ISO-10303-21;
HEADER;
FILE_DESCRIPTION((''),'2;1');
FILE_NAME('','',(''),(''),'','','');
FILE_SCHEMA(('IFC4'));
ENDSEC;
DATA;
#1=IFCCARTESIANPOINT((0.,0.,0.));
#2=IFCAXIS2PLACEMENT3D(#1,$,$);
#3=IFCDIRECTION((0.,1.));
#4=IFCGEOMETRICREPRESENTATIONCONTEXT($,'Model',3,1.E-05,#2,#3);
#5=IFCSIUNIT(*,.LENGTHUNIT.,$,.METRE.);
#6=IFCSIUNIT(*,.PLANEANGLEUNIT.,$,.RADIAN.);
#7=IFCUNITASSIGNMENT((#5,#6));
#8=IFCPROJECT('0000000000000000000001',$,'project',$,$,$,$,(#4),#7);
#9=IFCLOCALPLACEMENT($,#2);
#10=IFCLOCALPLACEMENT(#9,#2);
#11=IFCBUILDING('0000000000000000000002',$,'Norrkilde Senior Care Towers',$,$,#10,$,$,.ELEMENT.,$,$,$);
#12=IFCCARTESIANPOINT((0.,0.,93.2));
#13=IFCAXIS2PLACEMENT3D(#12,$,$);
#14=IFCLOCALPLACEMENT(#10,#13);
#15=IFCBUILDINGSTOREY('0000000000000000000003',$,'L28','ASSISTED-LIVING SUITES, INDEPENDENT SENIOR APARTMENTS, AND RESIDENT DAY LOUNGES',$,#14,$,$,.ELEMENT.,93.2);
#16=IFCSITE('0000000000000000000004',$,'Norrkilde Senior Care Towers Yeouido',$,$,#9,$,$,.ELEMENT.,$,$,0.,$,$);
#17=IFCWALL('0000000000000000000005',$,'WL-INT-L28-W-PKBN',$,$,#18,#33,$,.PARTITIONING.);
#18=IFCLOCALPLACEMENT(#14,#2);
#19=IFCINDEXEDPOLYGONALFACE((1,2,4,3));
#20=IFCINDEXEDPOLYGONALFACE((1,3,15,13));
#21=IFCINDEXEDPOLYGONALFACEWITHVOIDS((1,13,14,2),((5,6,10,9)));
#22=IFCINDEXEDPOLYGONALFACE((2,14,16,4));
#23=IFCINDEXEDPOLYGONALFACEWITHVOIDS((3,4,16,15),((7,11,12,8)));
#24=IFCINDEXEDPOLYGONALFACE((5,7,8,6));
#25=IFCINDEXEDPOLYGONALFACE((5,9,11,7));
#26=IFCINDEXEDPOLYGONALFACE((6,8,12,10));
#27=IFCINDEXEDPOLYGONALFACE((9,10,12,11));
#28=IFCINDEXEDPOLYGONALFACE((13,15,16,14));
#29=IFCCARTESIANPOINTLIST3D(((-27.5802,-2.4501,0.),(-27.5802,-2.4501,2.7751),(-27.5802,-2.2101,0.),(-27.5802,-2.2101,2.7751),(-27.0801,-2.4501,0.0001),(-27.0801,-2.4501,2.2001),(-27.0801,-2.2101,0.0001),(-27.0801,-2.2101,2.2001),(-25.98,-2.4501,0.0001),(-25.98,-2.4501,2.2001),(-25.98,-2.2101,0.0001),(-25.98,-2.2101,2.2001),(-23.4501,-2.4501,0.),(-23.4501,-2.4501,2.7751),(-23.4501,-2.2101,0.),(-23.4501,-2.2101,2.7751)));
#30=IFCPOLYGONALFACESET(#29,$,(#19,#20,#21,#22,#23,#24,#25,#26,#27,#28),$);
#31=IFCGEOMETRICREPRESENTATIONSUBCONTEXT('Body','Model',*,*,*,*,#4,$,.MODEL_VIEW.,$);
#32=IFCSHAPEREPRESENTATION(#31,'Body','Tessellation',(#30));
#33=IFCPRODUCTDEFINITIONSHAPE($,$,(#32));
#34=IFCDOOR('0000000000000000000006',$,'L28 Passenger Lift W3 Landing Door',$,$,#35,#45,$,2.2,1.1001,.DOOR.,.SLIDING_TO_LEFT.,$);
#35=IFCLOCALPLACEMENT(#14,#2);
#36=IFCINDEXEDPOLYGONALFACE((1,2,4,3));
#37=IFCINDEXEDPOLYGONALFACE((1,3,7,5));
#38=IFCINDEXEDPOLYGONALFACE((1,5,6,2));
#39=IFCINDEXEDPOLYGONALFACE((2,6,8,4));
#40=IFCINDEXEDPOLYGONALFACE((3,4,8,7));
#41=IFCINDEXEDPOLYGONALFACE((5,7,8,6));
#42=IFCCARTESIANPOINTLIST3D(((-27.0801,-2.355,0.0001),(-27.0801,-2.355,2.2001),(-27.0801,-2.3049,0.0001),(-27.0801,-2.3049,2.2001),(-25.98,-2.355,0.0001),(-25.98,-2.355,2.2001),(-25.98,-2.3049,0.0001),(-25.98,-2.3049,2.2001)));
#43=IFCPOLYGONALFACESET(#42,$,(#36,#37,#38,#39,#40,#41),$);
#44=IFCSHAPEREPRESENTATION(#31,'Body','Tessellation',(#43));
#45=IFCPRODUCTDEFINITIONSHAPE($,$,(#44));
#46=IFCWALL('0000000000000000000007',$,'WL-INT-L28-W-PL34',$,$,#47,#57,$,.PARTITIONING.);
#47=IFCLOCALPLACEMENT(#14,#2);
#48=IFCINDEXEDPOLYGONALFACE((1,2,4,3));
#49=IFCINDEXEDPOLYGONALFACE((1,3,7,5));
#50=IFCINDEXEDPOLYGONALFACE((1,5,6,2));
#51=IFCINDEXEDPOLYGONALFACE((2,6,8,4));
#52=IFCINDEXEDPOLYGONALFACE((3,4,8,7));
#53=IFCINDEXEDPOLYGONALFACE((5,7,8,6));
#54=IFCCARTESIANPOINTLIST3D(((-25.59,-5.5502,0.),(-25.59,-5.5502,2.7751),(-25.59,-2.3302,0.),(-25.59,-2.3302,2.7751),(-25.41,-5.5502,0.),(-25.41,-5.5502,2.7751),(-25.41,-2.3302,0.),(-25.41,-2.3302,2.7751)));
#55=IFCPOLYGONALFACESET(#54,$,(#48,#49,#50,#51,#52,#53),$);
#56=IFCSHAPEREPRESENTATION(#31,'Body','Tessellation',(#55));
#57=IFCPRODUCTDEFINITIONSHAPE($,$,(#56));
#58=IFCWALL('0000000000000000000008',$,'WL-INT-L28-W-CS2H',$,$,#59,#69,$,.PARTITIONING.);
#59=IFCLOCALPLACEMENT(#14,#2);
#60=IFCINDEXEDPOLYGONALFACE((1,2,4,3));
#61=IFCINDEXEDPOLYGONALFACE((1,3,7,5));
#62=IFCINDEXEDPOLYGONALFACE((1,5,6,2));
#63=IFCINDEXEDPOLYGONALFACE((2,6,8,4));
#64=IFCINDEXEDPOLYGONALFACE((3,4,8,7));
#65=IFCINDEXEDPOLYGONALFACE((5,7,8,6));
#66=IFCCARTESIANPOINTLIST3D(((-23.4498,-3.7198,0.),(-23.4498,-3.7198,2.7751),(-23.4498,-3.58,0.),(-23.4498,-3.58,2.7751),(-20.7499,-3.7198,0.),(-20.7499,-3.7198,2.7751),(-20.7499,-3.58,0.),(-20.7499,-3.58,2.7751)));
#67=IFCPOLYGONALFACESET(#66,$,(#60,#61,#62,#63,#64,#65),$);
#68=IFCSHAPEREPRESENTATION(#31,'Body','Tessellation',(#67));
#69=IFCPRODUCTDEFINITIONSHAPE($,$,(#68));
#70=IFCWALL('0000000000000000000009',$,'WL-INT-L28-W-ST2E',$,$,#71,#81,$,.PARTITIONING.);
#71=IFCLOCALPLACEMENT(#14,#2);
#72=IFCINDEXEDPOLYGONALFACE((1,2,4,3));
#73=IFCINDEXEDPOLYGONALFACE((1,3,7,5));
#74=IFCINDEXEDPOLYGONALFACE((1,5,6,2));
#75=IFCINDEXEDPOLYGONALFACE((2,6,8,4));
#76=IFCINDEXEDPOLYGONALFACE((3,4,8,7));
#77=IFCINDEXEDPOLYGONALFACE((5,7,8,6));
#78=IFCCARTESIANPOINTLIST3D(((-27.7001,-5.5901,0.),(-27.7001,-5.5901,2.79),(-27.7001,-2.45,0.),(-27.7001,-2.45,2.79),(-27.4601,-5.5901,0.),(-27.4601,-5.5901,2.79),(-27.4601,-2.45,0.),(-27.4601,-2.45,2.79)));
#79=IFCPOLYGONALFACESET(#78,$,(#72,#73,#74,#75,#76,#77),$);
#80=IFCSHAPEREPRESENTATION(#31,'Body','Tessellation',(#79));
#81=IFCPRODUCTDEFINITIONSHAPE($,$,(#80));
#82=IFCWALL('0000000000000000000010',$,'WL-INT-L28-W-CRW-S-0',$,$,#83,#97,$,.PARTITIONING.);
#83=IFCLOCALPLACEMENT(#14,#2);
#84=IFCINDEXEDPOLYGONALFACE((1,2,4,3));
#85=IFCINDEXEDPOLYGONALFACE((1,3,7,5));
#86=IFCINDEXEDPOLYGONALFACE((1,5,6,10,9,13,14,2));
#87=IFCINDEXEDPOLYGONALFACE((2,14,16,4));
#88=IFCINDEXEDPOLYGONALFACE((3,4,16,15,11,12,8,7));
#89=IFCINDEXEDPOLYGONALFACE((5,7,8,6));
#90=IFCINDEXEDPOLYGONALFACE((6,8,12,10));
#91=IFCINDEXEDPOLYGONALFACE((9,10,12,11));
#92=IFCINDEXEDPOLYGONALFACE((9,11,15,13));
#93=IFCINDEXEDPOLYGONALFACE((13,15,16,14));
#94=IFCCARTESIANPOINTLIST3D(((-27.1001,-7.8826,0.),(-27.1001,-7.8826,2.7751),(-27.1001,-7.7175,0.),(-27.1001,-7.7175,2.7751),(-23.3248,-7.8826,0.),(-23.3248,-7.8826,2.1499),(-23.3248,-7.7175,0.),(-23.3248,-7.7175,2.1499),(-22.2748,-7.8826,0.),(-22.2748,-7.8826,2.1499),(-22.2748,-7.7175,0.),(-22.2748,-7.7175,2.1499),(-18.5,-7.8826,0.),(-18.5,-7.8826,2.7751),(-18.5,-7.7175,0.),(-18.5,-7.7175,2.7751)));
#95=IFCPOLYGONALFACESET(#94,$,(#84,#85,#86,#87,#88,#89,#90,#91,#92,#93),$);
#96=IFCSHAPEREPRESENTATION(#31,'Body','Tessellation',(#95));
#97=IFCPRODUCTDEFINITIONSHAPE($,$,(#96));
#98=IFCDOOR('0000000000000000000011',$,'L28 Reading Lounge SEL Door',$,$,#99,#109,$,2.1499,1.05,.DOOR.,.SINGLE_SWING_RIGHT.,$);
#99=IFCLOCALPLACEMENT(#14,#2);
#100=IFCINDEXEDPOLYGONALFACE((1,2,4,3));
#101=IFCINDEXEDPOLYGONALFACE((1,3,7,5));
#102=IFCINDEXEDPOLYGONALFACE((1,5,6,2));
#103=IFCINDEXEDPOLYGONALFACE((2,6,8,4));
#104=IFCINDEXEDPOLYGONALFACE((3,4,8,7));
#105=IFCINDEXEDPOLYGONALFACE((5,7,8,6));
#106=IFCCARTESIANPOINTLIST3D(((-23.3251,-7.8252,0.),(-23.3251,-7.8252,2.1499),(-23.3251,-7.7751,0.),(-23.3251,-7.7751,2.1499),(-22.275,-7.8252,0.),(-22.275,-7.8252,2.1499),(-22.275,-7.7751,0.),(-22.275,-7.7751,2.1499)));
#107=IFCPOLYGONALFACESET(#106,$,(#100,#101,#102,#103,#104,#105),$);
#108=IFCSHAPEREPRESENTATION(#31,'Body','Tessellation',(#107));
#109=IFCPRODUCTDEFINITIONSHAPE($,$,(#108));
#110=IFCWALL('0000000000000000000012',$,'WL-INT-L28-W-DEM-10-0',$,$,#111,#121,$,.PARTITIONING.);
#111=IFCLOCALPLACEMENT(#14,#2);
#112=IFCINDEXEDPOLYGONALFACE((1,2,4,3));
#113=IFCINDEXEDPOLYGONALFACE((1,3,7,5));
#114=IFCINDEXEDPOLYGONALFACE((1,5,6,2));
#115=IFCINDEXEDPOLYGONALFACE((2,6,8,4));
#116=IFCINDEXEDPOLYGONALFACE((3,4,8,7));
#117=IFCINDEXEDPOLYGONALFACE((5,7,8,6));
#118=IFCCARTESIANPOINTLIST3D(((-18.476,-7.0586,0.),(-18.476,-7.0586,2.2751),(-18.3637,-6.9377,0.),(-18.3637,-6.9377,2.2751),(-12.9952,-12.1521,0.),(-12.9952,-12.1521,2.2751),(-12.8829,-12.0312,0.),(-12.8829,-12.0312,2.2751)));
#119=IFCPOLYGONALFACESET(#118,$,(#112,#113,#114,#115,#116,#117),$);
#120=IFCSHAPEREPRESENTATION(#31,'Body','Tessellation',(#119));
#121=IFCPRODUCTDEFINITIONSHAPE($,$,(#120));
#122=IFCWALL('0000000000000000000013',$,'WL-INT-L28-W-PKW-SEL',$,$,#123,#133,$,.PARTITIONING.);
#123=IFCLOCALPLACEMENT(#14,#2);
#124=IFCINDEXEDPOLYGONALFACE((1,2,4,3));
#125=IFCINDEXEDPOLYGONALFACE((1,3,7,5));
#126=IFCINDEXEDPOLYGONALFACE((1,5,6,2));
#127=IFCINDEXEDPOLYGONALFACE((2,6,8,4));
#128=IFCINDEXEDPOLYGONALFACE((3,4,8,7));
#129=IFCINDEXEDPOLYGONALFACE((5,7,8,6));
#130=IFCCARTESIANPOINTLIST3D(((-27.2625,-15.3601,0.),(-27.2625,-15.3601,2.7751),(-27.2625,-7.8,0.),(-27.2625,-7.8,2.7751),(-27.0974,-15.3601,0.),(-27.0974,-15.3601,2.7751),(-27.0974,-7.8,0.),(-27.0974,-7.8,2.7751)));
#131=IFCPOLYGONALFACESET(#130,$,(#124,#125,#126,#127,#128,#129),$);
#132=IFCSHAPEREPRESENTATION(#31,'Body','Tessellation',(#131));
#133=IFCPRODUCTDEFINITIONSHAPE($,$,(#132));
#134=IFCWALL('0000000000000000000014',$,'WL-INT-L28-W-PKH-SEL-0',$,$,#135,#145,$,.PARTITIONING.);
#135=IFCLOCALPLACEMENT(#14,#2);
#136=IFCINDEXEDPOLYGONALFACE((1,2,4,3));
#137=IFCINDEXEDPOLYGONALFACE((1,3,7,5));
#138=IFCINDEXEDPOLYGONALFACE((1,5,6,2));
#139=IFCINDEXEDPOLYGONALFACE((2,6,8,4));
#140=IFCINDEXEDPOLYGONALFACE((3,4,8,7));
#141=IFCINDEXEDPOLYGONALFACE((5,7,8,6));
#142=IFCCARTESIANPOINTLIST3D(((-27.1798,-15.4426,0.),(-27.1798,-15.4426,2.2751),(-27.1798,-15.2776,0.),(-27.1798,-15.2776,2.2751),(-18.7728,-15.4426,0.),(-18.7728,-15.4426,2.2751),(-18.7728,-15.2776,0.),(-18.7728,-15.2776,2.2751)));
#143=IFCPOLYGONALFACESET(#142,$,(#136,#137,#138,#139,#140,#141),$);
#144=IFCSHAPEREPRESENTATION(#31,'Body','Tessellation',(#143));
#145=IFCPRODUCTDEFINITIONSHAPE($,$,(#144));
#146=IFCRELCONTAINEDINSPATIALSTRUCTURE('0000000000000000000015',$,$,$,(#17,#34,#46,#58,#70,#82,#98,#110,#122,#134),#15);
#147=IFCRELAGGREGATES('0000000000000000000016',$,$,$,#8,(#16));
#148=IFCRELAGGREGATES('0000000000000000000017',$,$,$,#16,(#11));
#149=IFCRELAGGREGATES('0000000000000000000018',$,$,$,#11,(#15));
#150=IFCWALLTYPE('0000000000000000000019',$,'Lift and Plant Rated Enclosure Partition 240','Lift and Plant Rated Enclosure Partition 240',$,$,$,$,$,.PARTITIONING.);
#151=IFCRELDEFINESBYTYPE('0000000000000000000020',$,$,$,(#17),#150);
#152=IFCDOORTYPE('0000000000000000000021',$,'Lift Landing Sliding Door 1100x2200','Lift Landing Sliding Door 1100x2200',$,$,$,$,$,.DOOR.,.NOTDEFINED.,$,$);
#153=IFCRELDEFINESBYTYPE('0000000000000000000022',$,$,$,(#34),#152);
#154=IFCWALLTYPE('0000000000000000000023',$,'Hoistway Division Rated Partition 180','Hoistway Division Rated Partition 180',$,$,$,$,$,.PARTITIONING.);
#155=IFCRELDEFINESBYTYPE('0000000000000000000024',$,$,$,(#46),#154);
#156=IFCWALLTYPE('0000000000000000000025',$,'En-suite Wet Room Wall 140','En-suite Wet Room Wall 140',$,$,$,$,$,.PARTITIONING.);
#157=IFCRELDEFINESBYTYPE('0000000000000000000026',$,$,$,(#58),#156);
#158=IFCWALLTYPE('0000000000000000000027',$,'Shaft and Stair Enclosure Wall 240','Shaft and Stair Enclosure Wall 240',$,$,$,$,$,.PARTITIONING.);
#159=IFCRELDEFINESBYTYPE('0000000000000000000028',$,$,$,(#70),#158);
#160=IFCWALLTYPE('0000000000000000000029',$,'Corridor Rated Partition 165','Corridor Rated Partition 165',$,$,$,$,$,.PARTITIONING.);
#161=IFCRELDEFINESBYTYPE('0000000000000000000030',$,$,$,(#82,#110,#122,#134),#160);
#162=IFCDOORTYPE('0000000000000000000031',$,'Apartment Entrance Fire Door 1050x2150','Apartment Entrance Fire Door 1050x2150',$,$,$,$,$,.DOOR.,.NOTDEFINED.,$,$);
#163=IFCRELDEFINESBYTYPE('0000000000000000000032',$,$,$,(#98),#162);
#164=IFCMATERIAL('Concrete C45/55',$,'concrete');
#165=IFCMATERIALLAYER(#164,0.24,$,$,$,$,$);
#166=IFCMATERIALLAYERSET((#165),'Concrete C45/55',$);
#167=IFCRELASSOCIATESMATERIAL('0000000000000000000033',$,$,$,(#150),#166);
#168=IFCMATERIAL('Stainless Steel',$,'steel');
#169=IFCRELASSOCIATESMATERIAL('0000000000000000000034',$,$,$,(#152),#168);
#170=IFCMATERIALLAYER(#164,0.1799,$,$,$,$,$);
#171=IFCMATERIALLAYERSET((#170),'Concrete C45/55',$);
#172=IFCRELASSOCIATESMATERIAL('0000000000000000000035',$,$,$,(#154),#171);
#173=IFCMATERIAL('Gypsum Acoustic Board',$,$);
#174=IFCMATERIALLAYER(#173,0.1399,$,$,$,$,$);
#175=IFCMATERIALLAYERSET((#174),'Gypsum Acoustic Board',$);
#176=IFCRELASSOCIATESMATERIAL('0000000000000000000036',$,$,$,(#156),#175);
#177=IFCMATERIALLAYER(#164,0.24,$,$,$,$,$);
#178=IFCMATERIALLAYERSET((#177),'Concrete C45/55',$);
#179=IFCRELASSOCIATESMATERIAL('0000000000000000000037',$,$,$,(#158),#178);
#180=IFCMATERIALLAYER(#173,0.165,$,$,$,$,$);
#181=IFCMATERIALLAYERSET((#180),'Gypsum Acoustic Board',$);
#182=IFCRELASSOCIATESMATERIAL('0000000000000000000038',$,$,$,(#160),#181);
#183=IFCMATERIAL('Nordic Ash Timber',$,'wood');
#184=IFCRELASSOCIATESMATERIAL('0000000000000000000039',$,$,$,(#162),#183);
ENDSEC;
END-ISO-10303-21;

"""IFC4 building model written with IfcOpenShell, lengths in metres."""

from ifc_helpers import new_model, si_unit, direction, frame, frame_2d, origin, place, context, subcontext, project, spatial, rectangle, extrude, source, transform, mapped, material, layer, layer_set, type_object, type_shapes, element, fill, save


model = new_model("IFC4")

# Units and contexts
model_context = context("Model", 3, precision=1e-05, world=origin(), true_north=direction((0.0, 1.0)))
body_context = subcontext(model_context, "Body", "Model", "MODEL_VIEW")
ifc_project = project(units=[si_unit("LENGTHUNIT", "METRE"), si_unit("PLANEANGLEUNIT", "RADIAN")], contexts=[model_context])

# Site, building, storey
site_placement = place(None, origin())
site = spatial("IfcSite", under=ifc_project, at=site_placement, Name="Norrkilde Senior Care Towers Yeouido", CompositionType="ELEMENT", RefElevation=0.0)
building_placement = place(site_placement, origin())
building = spatial("IfcBuilding", under=site, at=building_placement, Name="Norrkilde Senior Care Towers", CompositionType="ELEMENT")
storey_placement = place(building_placement, frame((0.0, 0.0, 93.2)))
storey = spatial("IfcBuildingStorey", under=building, at=storey_placement, Name="L28", Description="ASSISTED-LIVING SUITES, INDEPENDENT SENIOR APARTMENTS, AND RESIDENT DAY LOUNGES", CompositionType="ELEMENT", Elevation=93.2)

# Shared definitions
ifc_material_1 = material(Name="Concrete C45/55", Category="concrete")

# Wall, opening, door
ifc_layer_1 = layer(ifc_material_1, 0.24)
ifc_layer_set_1 = layer_set([ifc_layer_1], Name="Concrete C45/55")
wall_type_1 = type_object("IfcWallType", Name="Lift and Plant Rated Enclosure Partition 240", Description="Lift and Plant Rated Enclosure Partition 240", PredefinedType="PARTITIONING", material=ifc_layer_set_1)
shared_shape_1 = source(origin(), body_context, "Body", "SweptSolid", [
    extrude(rectangle(XDim=4.1301, YDim=0.24, at=frame_2d((2.0649, 0.0))), origin(), (0.0, 0.0, 1.0), 2.7751),
])
type_shapes(wall_type_1, [shared_shape_1])
wall_1_placement = place(storey_placement, frame((-27.5801, -2.3301, 0.0), z_axis=(0.0, 0.0, 1.0), x_axis=(1.0, 0.0, 0.0)))
wall_1 = element("IfcWall", 1, at=wall_1_placement, inside=storey, type_object=wall_type_1, Name="WL-INT-L28-W-PKBN", PredefinedType="PARTITIONING", context=body_context, shape_type="MappedRepresentation", body=[
    mapped(shared_shape_1, transform((0.0, 0.0, 0.0), x_axis=(1.0, 0.0, 0.0), y_axis=(0.0, 1.0, 0.0), z_axis=(0.0, 0.0, 1.0), scale=1.0)),
])
opening_1_placement = place(wall_1_placement, frame((0.5, 0.0, 0.0)))
opening_1 = element("IfcOpeningElement", 2, at=opening_1_placement, cuts=wall_1, PredefinedType="OPENING", context=body_context, shape_type="SweptSolid", body=[
    extrude(rectangle(XDim=1.1001, YDim=2.2, at=frame_2d((0.55, 1.1001))), frame((0.0, 0.1299, 0.0), z_axis=(0.0, -1.0, 0.0), x_axis=(1.0, 0.0, 0.0)), (0.0, 0.0, 1.0), 0.26),
])
ifc_material_2 = material(Name="Stainless Steel", Category="steel")
door_type_1 = type_object("IfcDoorType", Name="Lift Landing Sliding Door 1100x2200", Description="Lift Landing Sliding Door 1100x2200", OperationType="NOTDEFINED", PredefinedType="DOOR", material=ifc_material_2)
shared_shape_2 = source(origin(), body_context, "Body", "SweptSolid", [
    extrude(rectangle(XDim=1.1001, YDim=2.2, at=frame_2d((0.55, 1.1001))), frame((0.0, 0.0249, 0.0), z_axis=(0.0, -1.0, 0.0), x_axis=(1.0, 0.0, 0.0)), (0.0, 0.0, 1.0), 0.05),
])
type_shapes(door_type_1, [shared_shape_2])
door_1_placement = place(opening_1_placement, frame((1.1001, 0.0, 0.0), z_axis=(0.0, 0.0, 1.0), x_axis=(-1.0, 0.0, 0.0)))
door_1 = element("IfcDoor", 3, at=door_1_placement, inside=storey, type_object=door_type_1, Name="L28 Passenger Lift W3 Landing Door", OperationType="SLIDING_TO_LEFT", OverallHeight=2.2, OverallWidth=1.1001, PredefinedType="DOOR", context=body_context, shape_type="MappedRepresentation", body=[
    mapped(shared_shape_2, transform((0.0, 0.0, 0.0), x_axis=(1.0, 0.0, 0.0), y_axis=(0.0, 1.0, 0.0), z_axis=(0.0, 0.0, 1.0), scale=1.0)),
])
fill(opening_1, door_1)

# Walls
ifc_layer_2 = layer(ifc_material_1, 0.1799)
ifc_layer_set_2 = layer_set([ifc_layer_2], Name="Concrete C45/55")
wall_type_2 = type_object("IfcWallType", Name="Hoistway Division Rated Partition 180", Description="Hoistway Division Rated Partition 180", PredefinedType="PARTITIONING", material=ifc_layer_set_2)
shared_shape_3 = source(origin(), body_context, "Body", "SweptSolid", [
    extrude(rectangle(XDim=3.22, YDim=0.1799, at=frame_2d((1.6099, 0.0))), origin(), (0.0, 0.0, 1.0), 2.7751),
])
type_shapes(wall_type_2, [shared_shape_3])
wall_2_placement = place(storey_placement, frame((-25.5, -5.55, 0.0), z_axis=(0.0, 0.0, 1.0), x_axis=(0.0, 1.0, 0.0)))
element("IfcWall", 4, at=wall_2_placement, inside=storey, type_object=wall_type_2, Name="WL-INT-L28-W-PL34", PredefinedType="PARTITIONING", context=body_context, shape_type="MappedRepresentation", body=[
    mapped(shared_shape_3, transform((0.0, 0.0, 0.0), x_axis=(1.0, 0.0, 0.0), y_axis=(0.0, 1.0, 0.0), z_axis=(0.0, 0.0, 1.0), scale=1.0)),
])
ifc_material_3 = material(Name="Gypsum Acoustic Board")
ifc_layer_3 = layer(ifc_material_3, 0.1399)
ifc_layer_set_3 = layer_set([ifc_layer_3], Name="Gypsum Acoustic Board")
wall_type_3 = type_object("IfcWallType", Name="En-suite Wet Room Wall 140", Description="En-suite Wet Room Wall 140", PredefinedType="PARTITIONING", material=ifc_layer_set_3)
shared_shape_4 = source(origin(), body_context, "Body", "SweptSolid", [
    extrude(rectangle(XDim=2.7, YDim=0.1399, at=frame_2d((1.3501, 0.0))), origin(), (0.0, 0.0, 1.0), 2.7751),
])
type_shapes(wall_type_3, [shared_shape_4])
wall_3_placement = place(storey_placement, frame((-23.45, -3.6499, 0.0), z_axis=(0.0, 0.0, 1.0), x_axis=(1.0, 0.0, 0.0)))
element("IfcWall", 5, at=wall_3_placement, inside=storey, type_object=wall_type_3, Name="WL-INT-L28-W-CS2H", PredefinedType="PARTITIONING", context=body_context, shape_type="MappedRepresentation", body=[
    mapped(shared_shape_4, transform((0.0, 0.0, 0.0), x_axis=(1.0, 0.0, 0.0), y_axis=(0.0, 1.0, 0.0), z_axis=(0.0, 0.0, 1.0), scale=1.0)),
])
ifc_layer_4 = layer(ifc_material_1, 0.24)
ifc_layer_set_4 = layer_set([ifc_layer_4], Name="Concrete C45/55")
wall_type_4 = type_object("IfcWallType", Name="Shaft and Stair Enclosure Wall 240", Description="Shaft and Stair Enclosure Wall 240", PredefinedType="PARTITIONING", material=ifc_layer_set_4)
shared_shape_5 = source(origin(), body_context, "Body", "SweptSolid", [
    extrude(rectangle(XDim=3.1401, YDim=0.24, at=frame_2d((1.5701, 0.0))), origin(), (0.0, 0.0, 1.0), 2.79),
])
type_shapes(wall_type_4, [shared_shape_5])
wall_4_placement = place(storey_placement, frame((-27.5801, -5.5901, 0.0), z_axis=(0.0, 0.0, 1.0), x_axis=(0.0, 1.0, 0.0)))
element("IfcWall", 6, at=wall_4_placement, inside=storey, type_object=wall_type_4, Name="WL-INT-L28-W-ST2E", PredefinedType="PARTITIONING", context=body_context, shape_type="MappedRepresentation", body=[
    mapped(shared_shape_5, transform((0.0, 0.0, 0.0), x_axis=(1.0, 0.0, 0.0), y_axis=(0.0, 1.0, 0.0), z_axis=(0.0, 0.0, 1.0), scale=1.0)),
])

# Wall, opening, door
ifc_layer_5 = layer(ifc_material_3, 0.165)
ifc_layer_set_5 = layer_set([ifc_layer_5], Name="Gypsum Acoustic Board")
wall_type_5 = type_object("IfcWallType", Name="Corridor Rated Partition 165", Description="Corridor Rated Partition 165", PredefinedType="PARTITIONING", material=ifc_layer_set_5)
shared_shape_6 = source(origin(), body_context, "Body", "SweptSolid", [
    extrude(rectangle(XDim=8.6001, YDim=0.165, at=frame_2d((4.3, 0.0))), origin(), (0.0, 0.0, 1.0), 2.7751),
])
wall_5_placement = place(storey_placement, frame((-18.5, -7.8, 0.0), z_axis=(0.0, 0.0, 1.0), x_axis=(-1.0, 0.0, 0.0)))
wall_5 = element("IfcWall", 7, at=wall_5_placement, inside=storey, type_object=wall_type_5, Name="WL-INT-L28-W-CRW-S-0", PredefinedType="PARTITIONING", context=body_context, shape_type="MappedRepresentation", body=[
    mapped(shared_shape_6, transform((0.0, 0.0, 0.0), x_axis=(1.0, 0.0, 0.0), y_axis=(0.0, 1.0, 0.0), z_axis=(0.0, 0.0, 1.0), scale=1.0)),
])
opening_2_placement = place(wall_5_placement, frame((3.7749, 0.0, 0.0)))
opening_2 = element("IfcOpeningElement", 8, at=opening_2_placement, cuts=wall_5, PredefinedType="OPENING", context=body_context, shape_type="SweptSolid", body=[
    extrude(rectangle(XDim=1.05, YDim=2.1499, at=frame_2d((0.5249, 1.075))), frame((0.0, 0.0925, 0.0), z_axis=(0.0, -1.0, 0.0), x_axis=(1.0, 0.0, 0.0)), (0.0, 0.0, 1.0), 0.1851),
])
ifc_material_4 = material(Name="Nordic Ash Timber", Category="wood")
door_type_2 = type_object("IfcDoorType", Name="Apartment Entrance Fire Door 1050x2150", Description="Apartment Entrance Fire Door 1050x2150", OperationType="NOTDEFINED", PredefinedType="DOOR", material=ifc_material_4)
shared_shape_7 = source(origin(), body_context, "Body", "SweptSolid", [
    extrude(rectangle(XDim=1.05, YDim=2.1499, at=frame_2d((0.5249, 1.075))), frame((0.0, 0.0249, 0.0), z_axis=(0.0, -1.0, 0.0), x_axis=(1.0, 0.0, 0.0)), (0.0, 0.0, 1.0), 0.05),
])
type_shapes(door_type_2, [shared_shape_7])
door_2_placement = place(opening_2_placement, frame((1.05, 0.0, 0.0), z_axis=(0.0, 0.0, 1.0), x_axis=(-1.0, 0.0, 0.0)))
door_2 = element("IfcDoor", 9, at=door_2_placement, inside=storey, type_object=door_type_2, Name="L28 Reading Lounge SEL Door", OperationType="SINGLE_SWING_RIGHT", OverallHeight=2.1499, OverallWidth=1.05, PredefinedType="DOOR", context=body_context, shape_type="MappedRepresentation", body=[
    mapped(shared_shape_7, transform((0.0, 0.0, 0.0), x_axis=(1.0, 0.0, 0.0), y_axis=(0.0, 1.0, 0.0), z_axis=(0.0, 0.0, 1.0), scale=1.0)),
])
fill(opening_2, door_2)

# Walls
shared_shape_8 = source(origin(), body_context, "Body", "SweptSolid", [
    extrude(rectangle(XDim=7.4822, YDim=0.165, at=frame_2d((3.7412, 0.0))), origin(), (0.0, 0.0, 1.0), 2.2751),
])
wall_6_placement = place(storey_placement, frame((-18.4199, -6.998, 0.0), z_axis=(0.0, 0.0, 1.0), x_axis=(0.732509, -0.680758, 0.0)))
element("IfcWall", 10, at=wall_6_placement, inside=storey, type_object=wall_type_5, Name="WL-INT-L28-W-DEM-10-0", PredefinedType="PARTITIONING", context=body_context, shape_type="MappedRepresentation", body=[
    mapped(shared_shape_8, transform((0.0, 0.0, 0.0), x_axis=(1.0, 0.0, 0.0), y_axis=(0.0, 1.0, 0.0), z_axis=(0.0, 0.0, 1.0), scale=1.0)),
])
shared_shape_9 = source(origin(), body_context, "Body", "SweptSolid", [
    extrude(rectangle(XDim=7.5601, YDim=0.165, at=frame_2d((3.78, 0.0))), origin(), (0.0, 0.0, 1.0), 2.7751),
])
wall_7_placement = place(storey_placement, frame((-27.1799, -15.3601, 0.0), z_axis=(0.0, 0.0, 1.0), x_axis=(0.0, 1.0, 0.0)))
element("IfcWall", 11, at=wall_7_placement, inside=storey, type_object=wall_type_5, Name="WL-INT-L28-W-PKW-SEL", PredefinedType="PARTITIONING", context=body_context, shape_type="MappedRepresentation", body=[
    mapped(shared_shape_9, transform((0.0, 0.0, 0.0), x_axis=(1.0, 0.0, 0.0), y_axis=(0.0, 1.0, 0.0), z_axis=(0.0, 0.0, 1.0), scale=1.0)),
])
shared_shape_10 = source(origin(), body_context, "Body", "SweptSolid", [
    extrude(rectangle(XDim=8.407, YDim=0.165, at=frame_2d((4.2036, 0.0))), origin(), (0.0, 0.0, 1.0), 2.2751),
])
type_shapes(wall_type_5, [shared_shape_6, shared_shape_8, shared_shape_9, shared_shape_10])
wall_8_placement = place(storey_placement, frame((-27.1799, -15.3601, 0.0), z_axis=(0.0, 0.0, 1.0), x_axis=(1.0, 0.0, 0.0)))
element("IfcWall", 12, at=wall_8_placement, inside=storey, type_object=wall_type_5, Name="WL-INT-L28-W-PKH-SEL-0", PredefinedType="PARTITIONING", context=body_context, shape_type="MappedRepresentation", body=[
    mapped(shared_shape_10, transform((0.0, 0.0, 0.0), x_axis=(1.0, 0.0, 0.0), y_axis=(0.0, 1.0, 0.0), z_axis=(0.0, 0.0, 1.0), scale=1.0)),
])

save(model, "model.ifc")
